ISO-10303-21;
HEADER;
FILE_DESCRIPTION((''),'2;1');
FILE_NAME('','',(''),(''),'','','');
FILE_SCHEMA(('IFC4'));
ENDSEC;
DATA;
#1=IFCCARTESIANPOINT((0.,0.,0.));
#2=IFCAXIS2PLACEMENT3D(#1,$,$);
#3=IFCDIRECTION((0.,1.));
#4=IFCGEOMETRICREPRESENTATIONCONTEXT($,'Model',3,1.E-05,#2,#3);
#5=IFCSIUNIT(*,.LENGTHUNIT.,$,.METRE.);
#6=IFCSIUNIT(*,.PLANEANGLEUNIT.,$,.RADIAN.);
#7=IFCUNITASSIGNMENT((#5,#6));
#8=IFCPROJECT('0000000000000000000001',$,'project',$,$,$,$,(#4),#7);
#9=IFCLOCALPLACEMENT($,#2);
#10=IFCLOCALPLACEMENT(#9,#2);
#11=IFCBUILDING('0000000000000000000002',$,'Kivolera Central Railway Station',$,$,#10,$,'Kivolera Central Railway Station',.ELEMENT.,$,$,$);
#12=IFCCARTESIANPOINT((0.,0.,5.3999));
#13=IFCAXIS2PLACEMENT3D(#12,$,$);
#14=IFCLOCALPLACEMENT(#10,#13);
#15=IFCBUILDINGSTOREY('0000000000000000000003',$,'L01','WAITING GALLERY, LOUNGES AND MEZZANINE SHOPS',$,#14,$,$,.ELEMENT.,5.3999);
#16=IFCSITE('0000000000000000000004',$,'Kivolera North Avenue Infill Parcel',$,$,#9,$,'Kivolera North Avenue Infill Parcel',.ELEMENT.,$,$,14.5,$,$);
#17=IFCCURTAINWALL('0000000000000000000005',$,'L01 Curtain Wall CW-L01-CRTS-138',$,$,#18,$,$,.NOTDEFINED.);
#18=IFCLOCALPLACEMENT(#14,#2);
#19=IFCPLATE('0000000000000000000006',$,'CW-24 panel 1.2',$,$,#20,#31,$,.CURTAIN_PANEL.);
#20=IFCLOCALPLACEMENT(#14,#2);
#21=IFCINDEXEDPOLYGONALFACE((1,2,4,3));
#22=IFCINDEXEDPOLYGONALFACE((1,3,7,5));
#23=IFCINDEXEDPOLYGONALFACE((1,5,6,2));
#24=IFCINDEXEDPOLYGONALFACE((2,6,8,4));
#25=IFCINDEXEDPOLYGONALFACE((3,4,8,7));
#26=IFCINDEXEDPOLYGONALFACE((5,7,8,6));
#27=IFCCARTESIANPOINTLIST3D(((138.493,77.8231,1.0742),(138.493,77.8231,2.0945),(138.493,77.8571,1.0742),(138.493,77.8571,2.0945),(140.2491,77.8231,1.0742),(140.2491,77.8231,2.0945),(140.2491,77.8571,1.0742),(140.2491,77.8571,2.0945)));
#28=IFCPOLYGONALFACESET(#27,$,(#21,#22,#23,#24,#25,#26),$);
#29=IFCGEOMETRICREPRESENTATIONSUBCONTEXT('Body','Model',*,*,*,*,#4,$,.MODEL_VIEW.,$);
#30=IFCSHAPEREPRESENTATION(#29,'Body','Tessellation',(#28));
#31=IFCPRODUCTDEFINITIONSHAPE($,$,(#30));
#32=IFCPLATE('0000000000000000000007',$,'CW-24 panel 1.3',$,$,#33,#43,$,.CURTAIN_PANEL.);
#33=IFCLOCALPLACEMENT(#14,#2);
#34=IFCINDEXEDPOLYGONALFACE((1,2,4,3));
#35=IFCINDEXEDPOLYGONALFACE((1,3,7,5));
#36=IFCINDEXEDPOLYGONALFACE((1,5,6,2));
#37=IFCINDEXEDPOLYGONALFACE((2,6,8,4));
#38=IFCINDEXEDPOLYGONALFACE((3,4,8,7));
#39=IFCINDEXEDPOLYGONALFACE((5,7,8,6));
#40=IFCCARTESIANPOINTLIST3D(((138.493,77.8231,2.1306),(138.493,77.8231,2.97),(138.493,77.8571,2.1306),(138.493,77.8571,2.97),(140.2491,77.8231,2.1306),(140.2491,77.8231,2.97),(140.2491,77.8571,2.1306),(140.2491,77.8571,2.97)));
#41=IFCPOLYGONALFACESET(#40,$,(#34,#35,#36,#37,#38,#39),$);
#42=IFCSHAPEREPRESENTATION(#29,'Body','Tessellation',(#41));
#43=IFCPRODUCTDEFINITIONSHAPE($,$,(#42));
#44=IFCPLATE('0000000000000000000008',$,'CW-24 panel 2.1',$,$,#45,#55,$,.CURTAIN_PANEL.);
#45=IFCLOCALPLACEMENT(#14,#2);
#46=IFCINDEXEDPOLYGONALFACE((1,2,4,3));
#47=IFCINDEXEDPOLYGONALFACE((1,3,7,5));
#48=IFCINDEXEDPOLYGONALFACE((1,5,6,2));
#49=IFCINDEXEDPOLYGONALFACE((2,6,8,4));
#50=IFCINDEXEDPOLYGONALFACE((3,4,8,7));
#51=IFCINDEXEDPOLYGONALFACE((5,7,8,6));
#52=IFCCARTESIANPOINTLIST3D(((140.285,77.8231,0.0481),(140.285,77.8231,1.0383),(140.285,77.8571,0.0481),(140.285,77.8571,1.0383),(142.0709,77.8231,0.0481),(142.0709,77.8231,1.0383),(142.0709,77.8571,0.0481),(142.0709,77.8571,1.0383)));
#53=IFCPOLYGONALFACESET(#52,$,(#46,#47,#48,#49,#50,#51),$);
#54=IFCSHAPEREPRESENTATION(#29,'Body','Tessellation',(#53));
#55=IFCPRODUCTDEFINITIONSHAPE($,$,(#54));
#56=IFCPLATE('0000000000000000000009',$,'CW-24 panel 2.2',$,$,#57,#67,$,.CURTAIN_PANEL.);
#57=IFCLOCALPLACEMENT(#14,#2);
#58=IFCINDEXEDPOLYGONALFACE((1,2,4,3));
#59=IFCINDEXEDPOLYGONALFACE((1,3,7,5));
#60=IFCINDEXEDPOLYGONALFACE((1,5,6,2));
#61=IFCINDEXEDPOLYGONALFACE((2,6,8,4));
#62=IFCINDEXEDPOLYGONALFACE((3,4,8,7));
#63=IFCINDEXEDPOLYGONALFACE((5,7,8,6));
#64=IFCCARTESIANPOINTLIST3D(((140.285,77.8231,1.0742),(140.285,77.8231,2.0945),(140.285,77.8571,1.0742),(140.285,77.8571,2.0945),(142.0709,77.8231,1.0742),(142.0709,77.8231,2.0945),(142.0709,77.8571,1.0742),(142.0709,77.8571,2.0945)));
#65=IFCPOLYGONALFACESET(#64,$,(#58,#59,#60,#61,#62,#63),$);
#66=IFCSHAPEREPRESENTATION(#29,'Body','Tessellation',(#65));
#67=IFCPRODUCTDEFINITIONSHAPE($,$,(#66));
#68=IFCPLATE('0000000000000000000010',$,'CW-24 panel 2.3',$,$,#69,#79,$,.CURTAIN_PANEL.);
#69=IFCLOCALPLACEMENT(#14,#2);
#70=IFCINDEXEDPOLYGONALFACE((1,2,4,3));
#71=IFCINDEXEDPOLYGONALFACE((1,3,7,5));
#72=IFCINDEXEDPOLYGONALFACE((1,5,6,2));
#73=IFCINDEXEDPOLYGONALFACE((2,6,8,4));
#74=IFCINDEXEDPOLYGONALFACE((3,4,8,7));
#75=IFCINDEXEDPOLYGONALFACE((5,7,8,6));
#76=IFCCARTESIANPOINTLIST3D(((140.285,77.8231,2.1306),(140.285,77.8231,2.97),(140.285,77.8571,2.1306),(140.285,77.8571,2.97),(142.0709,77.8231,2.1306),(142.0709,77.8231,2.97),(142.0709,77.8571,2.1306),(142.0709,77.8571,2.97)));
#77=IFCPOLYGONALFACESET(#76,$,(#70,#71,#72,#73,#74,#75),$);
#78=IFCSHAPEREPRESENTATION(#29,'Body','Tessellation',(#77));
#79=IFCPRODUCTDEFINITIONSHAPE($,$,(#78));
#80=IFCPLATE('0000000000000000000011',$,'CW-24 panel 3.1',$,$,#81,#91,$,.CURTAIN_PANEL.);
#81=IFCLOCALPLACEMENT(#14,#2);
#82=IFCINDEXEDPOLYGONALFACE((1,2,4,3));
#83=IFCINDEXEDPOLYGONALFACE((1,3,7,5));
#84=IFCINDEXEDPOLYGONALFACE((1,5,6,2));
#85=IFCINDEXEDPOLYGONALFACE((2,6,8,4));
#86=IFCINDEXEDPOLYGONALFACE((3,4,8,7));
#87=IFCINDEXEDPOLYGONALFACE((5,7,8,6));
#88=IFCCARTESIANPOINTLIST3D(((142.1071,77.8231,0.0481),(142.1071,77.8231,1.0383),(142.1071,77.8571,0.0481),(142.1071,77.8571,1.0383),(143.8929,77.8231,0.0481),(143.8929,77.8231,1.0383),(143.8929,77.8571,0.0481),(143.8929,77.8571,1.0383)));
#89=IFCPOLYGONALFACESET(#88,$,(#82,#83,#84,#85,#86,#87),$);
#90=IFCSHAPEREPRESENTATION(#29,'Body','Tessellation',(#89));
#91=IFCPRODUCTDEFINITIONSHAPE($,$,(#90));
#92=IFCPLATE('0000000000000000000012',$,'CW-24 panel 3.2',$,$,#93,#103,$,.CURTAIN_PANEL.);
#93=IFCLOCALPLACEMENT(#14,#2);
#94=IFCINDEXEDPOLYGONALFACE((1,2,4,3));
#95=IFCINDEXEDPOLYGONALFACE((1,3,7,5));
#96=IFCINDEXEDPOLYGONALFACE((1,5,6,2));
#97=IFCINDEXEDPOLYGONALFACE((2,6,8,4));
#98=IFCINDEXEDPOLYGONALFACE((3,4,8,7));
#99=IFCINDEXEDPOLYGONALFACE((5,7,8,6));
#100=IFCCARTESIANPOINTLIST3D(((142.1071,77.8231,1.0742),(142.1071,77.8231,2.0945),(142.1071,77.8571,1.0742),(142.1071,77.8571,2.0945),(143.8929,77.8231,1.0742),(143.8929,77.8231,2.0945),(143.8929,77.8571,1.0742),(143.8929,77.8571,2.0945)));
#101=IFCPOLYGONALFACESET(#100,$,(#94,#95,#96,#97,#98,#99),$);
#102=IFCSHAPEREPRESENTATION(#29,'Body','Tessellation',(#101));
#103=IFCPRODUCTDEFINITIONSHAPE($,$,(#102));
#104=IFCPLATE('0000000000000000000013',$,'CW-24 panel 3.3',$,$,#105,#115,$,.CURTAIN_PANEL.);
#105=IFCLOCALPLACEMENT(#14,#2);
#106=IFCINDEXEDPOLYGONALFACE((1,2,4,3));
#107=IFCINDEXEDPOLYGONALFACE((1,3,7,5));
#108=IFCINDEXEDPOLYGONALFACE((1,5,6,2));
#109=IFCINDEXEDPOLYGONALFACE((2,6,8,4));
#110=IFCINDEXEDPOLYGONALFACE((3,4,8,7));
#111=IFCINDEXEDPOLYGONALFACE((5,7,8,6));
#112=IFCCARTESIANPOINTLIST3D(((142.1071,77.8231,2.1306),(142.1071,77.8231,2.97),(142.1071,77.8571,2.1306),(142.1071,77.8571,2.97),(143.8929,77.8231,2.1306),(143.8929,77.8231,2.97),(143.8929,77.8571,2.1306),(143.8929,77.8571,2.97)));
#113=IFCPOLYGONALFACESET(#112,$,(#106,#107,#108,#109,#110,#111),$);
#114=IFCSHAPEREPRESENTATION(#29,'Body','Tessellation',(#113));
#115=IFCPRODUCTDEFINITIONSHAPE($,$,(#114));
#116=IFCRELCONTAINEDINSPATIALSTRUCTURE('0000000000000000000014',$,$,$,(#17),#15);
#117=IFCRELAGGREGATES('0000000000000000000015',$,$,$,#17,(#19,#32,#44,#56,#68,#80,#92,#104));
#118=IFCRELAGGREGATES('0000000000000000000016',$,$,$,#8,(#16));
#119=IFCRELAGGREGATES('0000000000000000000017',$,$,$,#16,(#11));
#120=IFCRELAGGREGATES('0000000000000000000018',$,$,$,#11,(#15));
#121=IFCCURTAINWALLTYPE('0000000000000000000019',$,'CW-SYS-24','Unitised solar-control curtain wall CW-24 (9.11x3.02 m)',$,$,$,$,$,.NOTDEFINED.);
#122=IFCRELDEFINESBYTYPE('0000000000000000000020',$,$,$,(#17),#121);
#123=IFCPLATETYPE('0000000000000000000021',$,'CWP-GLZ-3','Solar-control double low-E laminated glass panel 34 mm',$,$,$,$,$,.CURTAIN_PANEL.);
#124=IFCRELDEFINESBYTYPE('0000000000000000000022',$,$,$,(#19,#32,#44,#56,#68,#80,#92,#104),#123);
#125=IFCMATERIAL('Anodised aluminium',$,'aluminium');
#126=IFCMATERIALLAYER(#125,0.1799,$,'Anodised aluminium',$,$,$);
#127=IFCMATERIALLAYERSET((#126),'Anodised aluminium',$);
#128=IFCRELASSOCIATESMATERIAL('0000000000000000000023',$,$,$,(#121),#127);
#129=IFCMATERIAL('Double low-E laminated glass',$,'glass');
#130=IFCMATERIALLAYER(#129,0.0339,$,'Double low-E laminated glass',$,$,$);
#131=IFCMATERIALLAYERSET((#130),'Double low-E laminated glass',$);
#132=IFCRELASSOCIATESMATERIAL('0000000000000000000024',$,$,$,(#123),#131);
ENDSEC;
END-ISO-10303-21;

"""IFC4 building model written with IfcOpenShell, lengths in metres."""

from ifc_helpers import new_model, si_unit, direction, frame, origin, origin_2d, place, context, subcontext, project, spatial, rectangle, extrude, material, layer, layer_set, type_object, element, aggregate, save


model = new_model("IFC4")

# Units and contexts
model_context = context("Model", 3, precision=1e-05, world=origin(), true_north=direction((0.0, 1.0)))
body_context = subcontext(model_context, "Body", "Model", "MODEL_VIEW")
ifc_project = project(units=[si_unit("LENGTHUNIT", "METRE"), si_unit("PLANEANGLEUNIT", "RADIAN")], contexts=[model_context])

# Site, building, storey
site_placement = place(None, origin())
site = spatial("IfcSite", under=ifc_project, at=site_placement, Name="Kivolera North Avenue Infill Parcel", LongName="Kivolera North Avenue Infill Parcel", CompositionType="ELEMENT", RefElevation=14.5)
building_placement = place(site_placement, origin())
building = spatial("IfcBuilding", under=site, at=building_placement, Name="Kivolera Central Railway Station", LongName="Kivolera Central Railway Station", CompositionType="ELEMENT")
storey_placement = place(building_placement, frame((0.0, 0.0, 5.3999)))
storey = spatial("IfcBuildingStorey", under=building, at=storey_placement, Name="L01", Description="WAITING GALLERY, LOUNGES AND MEZZANINE SHOPS", CompositionType="ELEMENT", Elevation=5.3999)

# Curtain wall, plates
ifc_material_1 = material(Name="Anodised aluminium", Category="aluminium")
ifc_layer_1 = layer(ifc_material_1, 0.1799, Name="Anodised aluminium")
ifc_layer_set_1 = layer_set([ifc_layer_1], Name="Anodised aluminium")
curtain_wall_type = type_object("IfcCurtainWallType", Name="CW-SYS-24", Description="Unitised solar-control curtain wall CW-24 (9.11x3.02 m)", PredefinedType="NOTDEFINED", material=ifc_layer_set_1)
curtain_wall_placement = place(storey_placement, origin())
curtain_wall = element("IfcCurtainWall", 1, at=curtain_wall_placement, inside=storey, type_object=curtain_wall_type, Name="L01 Curtain Wall CW-L01-CRTS-138", PredefinedType="NOTDEFINED")
ifc_material_2 = material(Name="Double low-E laminated glass", Category="glass")
ifc_layer_2 = layer(ifc_material_2, 0.0339, Name="Double low-E laminated glass")
ifc_layer_set_2 = layer_set([ifc_layer_2], Name="Double low-E laminated glass")
plate_type = type_object("IfcPlateType", Name="CWP-GLZ-3", Description="Solar-control double low-E laminated glass panel 34 mm", PredefinedType="CURTAIN_PANEL", material=ifc_layer_set_2)
plate_1_placement = place(storey_placement, frame((139.3711, 77.8401, 1.0742), z_axis=(0.0, 0.0, 1.0), x_axis=(1.0, 0.0, 0.0)))
plate_1 = element("IfcPlate", 2, at=plate_1_placement, type_object=plate_type, Name="CW-24 panel 1.2", PredefinedType="CURTAIN_PANEL", context=body_context, shape_type="SweptSolid", body=[
    extrude(rectangle(XDim=1.7561, YDim=0.0339, at=origin_2d()), origin(), (0.0, 0.0, 1.0), 1.0203),
])
plate_2_placement = place(storey_placement, frame((139.3711, 77.8401, 2.1306), z_axis=(0.0, 0.0, 1.0), x_axis=(1.0, 0.0, 0.0)))
plate_2 = element("IfcPlate", 3, at=plate_2_placement, type_object=plate_type, Name="CW-24 panel 1.3", PredefinedType="CURTAIN_PANEL", context=body_context, shape_type="SweptSolid", body=[
    extrude(rectangle(XDim=1.7561, YDim=0.0339, at=origin_2d()), origin(), (0.0, 0.0, 1.0), 0.8394),
])
plate_3_placement = place(storey_placement, frame((141.178, 77.8401, 0.0481), z_axis=(0.0, 0.0, 1.0), x_axis=(1.0, 0.0, 0.0)))
plate_3 = element("IfcPlate", 4, at=plate_3_placement, type_object=plate_type, Name="CW-24 panel 2.1", PredefinedType="CURTAIN_PANEL", context=body_context, shape_type="SweptSolid", body=[
    extrude(rectangle(XDim=1.7859, YDim=0.0339, at=origin_2d()), origin(), (0.0, 0.0, 1.0), 0.9902),
])
plate_4_placement = place(storey_placement, frame((141.178, 77.8401, 1.0742), z_axis=(0.0, 0.0, 1.0), x_axis=(1.0, 0.0, 0.0)))
plate_4 = element("IfcPlate", 5, at=plate_4_placement, type_object=plate_type, Name="CW-24 panel 2.2", PredefinedType="CURTAIN_PANEL", context=body_context, shape_type="SweptSolid", body=[
    extrude(rectangle(XDim=1.7859, YDim=0.0339, at=origin_2d()), origin(), (0.0, 0.0, 1.0), 1.0203),
])
plate_5_placement = place(storey_placement, frame((141.178, 77.8401, 2.1306), z_axis=(0.0, 0.0, 1.0), x_axis=(1.0, 0.0, 0.0)))
plate_5 = element("IfcPlate", 6, at=plate_5_placement, type_object=plate_type, Name="CW-24 panel 2.3", PredefinedType="CURTAIN_PANEL", context=body_context, shape_type="SweptSolid", body=[
    extrude(rectangle(XDim=1.7859, YDim=0.0339, at=origin_2d()), origin(), (0.0, 0.0, 1.0), 0.8394),
])
plate_6_placement = place(storey_placement, frame((143.0, 77.8401, 0.0481), z_axis=(0.0, 0.0, 1.0), x_axis=(1.0, 0.0, 0.0)))
plate_6 = element("IfcPlate", 7, at=plate_6_placement, type_object=plate_type, Name="CW-24 panel 3.1", PredefinedType="CURTAIN_PANEL", context=body_context, shape_type="SweptSolid", body=[
    extrude(rectangle(XDim=1.7859, YDim=0.0339, at=origin_2d()), origin(), (0.0, 0.0, 1.0), 0.9902),
])
plate_7_placement = place(storey_placement, frame((143.0, 77.8401, 1.0742), z_axis=(0.0, 0.0, 1.0), x_axis=(1.0, 0.0, 0.0)))
plate_7 = element("IfcPlate", 8, at=plate_7_placement, type_object=plate_type, Name="CW-24 panel 3.2", PredefinedType="CURTAIN_PANEL", context=body_context, shape_type="SweptSolid", body=[
    extrude(rectangle(XDim=1.7859, YDim=0.0339, at=origin_2d()), origin(), (0.0, 0.0, 1.0), 1.0203),
])
plate_8_placement = place(storey_placement, frame((143.0, 77.8401, 2.1306), z_axis=(0.0, 0.0, 1.0), x_axis=(1.0, 0.0, 0.0)))
plate_8 = element("IfcPlate", 9, at=plate_8_placement, type_object=plate_type, Name="CW-24 panel 3.3", PredefinedType="CURTAIN_PANEL", context=body_context, shape_type="SweptSolid", body=[
    extrude(rectangle(XDim=1.7859, YDim=0.0339, at=origin_2d()), origin(), (0.0, 0.0, 1.0), 0.8394),
])
aggregate(curtain_wall, [plate_1, plate_2, plate_3, plate_4, plate_5, plate_6, plate_7, plate_8])

save(model, "model.ifc")
